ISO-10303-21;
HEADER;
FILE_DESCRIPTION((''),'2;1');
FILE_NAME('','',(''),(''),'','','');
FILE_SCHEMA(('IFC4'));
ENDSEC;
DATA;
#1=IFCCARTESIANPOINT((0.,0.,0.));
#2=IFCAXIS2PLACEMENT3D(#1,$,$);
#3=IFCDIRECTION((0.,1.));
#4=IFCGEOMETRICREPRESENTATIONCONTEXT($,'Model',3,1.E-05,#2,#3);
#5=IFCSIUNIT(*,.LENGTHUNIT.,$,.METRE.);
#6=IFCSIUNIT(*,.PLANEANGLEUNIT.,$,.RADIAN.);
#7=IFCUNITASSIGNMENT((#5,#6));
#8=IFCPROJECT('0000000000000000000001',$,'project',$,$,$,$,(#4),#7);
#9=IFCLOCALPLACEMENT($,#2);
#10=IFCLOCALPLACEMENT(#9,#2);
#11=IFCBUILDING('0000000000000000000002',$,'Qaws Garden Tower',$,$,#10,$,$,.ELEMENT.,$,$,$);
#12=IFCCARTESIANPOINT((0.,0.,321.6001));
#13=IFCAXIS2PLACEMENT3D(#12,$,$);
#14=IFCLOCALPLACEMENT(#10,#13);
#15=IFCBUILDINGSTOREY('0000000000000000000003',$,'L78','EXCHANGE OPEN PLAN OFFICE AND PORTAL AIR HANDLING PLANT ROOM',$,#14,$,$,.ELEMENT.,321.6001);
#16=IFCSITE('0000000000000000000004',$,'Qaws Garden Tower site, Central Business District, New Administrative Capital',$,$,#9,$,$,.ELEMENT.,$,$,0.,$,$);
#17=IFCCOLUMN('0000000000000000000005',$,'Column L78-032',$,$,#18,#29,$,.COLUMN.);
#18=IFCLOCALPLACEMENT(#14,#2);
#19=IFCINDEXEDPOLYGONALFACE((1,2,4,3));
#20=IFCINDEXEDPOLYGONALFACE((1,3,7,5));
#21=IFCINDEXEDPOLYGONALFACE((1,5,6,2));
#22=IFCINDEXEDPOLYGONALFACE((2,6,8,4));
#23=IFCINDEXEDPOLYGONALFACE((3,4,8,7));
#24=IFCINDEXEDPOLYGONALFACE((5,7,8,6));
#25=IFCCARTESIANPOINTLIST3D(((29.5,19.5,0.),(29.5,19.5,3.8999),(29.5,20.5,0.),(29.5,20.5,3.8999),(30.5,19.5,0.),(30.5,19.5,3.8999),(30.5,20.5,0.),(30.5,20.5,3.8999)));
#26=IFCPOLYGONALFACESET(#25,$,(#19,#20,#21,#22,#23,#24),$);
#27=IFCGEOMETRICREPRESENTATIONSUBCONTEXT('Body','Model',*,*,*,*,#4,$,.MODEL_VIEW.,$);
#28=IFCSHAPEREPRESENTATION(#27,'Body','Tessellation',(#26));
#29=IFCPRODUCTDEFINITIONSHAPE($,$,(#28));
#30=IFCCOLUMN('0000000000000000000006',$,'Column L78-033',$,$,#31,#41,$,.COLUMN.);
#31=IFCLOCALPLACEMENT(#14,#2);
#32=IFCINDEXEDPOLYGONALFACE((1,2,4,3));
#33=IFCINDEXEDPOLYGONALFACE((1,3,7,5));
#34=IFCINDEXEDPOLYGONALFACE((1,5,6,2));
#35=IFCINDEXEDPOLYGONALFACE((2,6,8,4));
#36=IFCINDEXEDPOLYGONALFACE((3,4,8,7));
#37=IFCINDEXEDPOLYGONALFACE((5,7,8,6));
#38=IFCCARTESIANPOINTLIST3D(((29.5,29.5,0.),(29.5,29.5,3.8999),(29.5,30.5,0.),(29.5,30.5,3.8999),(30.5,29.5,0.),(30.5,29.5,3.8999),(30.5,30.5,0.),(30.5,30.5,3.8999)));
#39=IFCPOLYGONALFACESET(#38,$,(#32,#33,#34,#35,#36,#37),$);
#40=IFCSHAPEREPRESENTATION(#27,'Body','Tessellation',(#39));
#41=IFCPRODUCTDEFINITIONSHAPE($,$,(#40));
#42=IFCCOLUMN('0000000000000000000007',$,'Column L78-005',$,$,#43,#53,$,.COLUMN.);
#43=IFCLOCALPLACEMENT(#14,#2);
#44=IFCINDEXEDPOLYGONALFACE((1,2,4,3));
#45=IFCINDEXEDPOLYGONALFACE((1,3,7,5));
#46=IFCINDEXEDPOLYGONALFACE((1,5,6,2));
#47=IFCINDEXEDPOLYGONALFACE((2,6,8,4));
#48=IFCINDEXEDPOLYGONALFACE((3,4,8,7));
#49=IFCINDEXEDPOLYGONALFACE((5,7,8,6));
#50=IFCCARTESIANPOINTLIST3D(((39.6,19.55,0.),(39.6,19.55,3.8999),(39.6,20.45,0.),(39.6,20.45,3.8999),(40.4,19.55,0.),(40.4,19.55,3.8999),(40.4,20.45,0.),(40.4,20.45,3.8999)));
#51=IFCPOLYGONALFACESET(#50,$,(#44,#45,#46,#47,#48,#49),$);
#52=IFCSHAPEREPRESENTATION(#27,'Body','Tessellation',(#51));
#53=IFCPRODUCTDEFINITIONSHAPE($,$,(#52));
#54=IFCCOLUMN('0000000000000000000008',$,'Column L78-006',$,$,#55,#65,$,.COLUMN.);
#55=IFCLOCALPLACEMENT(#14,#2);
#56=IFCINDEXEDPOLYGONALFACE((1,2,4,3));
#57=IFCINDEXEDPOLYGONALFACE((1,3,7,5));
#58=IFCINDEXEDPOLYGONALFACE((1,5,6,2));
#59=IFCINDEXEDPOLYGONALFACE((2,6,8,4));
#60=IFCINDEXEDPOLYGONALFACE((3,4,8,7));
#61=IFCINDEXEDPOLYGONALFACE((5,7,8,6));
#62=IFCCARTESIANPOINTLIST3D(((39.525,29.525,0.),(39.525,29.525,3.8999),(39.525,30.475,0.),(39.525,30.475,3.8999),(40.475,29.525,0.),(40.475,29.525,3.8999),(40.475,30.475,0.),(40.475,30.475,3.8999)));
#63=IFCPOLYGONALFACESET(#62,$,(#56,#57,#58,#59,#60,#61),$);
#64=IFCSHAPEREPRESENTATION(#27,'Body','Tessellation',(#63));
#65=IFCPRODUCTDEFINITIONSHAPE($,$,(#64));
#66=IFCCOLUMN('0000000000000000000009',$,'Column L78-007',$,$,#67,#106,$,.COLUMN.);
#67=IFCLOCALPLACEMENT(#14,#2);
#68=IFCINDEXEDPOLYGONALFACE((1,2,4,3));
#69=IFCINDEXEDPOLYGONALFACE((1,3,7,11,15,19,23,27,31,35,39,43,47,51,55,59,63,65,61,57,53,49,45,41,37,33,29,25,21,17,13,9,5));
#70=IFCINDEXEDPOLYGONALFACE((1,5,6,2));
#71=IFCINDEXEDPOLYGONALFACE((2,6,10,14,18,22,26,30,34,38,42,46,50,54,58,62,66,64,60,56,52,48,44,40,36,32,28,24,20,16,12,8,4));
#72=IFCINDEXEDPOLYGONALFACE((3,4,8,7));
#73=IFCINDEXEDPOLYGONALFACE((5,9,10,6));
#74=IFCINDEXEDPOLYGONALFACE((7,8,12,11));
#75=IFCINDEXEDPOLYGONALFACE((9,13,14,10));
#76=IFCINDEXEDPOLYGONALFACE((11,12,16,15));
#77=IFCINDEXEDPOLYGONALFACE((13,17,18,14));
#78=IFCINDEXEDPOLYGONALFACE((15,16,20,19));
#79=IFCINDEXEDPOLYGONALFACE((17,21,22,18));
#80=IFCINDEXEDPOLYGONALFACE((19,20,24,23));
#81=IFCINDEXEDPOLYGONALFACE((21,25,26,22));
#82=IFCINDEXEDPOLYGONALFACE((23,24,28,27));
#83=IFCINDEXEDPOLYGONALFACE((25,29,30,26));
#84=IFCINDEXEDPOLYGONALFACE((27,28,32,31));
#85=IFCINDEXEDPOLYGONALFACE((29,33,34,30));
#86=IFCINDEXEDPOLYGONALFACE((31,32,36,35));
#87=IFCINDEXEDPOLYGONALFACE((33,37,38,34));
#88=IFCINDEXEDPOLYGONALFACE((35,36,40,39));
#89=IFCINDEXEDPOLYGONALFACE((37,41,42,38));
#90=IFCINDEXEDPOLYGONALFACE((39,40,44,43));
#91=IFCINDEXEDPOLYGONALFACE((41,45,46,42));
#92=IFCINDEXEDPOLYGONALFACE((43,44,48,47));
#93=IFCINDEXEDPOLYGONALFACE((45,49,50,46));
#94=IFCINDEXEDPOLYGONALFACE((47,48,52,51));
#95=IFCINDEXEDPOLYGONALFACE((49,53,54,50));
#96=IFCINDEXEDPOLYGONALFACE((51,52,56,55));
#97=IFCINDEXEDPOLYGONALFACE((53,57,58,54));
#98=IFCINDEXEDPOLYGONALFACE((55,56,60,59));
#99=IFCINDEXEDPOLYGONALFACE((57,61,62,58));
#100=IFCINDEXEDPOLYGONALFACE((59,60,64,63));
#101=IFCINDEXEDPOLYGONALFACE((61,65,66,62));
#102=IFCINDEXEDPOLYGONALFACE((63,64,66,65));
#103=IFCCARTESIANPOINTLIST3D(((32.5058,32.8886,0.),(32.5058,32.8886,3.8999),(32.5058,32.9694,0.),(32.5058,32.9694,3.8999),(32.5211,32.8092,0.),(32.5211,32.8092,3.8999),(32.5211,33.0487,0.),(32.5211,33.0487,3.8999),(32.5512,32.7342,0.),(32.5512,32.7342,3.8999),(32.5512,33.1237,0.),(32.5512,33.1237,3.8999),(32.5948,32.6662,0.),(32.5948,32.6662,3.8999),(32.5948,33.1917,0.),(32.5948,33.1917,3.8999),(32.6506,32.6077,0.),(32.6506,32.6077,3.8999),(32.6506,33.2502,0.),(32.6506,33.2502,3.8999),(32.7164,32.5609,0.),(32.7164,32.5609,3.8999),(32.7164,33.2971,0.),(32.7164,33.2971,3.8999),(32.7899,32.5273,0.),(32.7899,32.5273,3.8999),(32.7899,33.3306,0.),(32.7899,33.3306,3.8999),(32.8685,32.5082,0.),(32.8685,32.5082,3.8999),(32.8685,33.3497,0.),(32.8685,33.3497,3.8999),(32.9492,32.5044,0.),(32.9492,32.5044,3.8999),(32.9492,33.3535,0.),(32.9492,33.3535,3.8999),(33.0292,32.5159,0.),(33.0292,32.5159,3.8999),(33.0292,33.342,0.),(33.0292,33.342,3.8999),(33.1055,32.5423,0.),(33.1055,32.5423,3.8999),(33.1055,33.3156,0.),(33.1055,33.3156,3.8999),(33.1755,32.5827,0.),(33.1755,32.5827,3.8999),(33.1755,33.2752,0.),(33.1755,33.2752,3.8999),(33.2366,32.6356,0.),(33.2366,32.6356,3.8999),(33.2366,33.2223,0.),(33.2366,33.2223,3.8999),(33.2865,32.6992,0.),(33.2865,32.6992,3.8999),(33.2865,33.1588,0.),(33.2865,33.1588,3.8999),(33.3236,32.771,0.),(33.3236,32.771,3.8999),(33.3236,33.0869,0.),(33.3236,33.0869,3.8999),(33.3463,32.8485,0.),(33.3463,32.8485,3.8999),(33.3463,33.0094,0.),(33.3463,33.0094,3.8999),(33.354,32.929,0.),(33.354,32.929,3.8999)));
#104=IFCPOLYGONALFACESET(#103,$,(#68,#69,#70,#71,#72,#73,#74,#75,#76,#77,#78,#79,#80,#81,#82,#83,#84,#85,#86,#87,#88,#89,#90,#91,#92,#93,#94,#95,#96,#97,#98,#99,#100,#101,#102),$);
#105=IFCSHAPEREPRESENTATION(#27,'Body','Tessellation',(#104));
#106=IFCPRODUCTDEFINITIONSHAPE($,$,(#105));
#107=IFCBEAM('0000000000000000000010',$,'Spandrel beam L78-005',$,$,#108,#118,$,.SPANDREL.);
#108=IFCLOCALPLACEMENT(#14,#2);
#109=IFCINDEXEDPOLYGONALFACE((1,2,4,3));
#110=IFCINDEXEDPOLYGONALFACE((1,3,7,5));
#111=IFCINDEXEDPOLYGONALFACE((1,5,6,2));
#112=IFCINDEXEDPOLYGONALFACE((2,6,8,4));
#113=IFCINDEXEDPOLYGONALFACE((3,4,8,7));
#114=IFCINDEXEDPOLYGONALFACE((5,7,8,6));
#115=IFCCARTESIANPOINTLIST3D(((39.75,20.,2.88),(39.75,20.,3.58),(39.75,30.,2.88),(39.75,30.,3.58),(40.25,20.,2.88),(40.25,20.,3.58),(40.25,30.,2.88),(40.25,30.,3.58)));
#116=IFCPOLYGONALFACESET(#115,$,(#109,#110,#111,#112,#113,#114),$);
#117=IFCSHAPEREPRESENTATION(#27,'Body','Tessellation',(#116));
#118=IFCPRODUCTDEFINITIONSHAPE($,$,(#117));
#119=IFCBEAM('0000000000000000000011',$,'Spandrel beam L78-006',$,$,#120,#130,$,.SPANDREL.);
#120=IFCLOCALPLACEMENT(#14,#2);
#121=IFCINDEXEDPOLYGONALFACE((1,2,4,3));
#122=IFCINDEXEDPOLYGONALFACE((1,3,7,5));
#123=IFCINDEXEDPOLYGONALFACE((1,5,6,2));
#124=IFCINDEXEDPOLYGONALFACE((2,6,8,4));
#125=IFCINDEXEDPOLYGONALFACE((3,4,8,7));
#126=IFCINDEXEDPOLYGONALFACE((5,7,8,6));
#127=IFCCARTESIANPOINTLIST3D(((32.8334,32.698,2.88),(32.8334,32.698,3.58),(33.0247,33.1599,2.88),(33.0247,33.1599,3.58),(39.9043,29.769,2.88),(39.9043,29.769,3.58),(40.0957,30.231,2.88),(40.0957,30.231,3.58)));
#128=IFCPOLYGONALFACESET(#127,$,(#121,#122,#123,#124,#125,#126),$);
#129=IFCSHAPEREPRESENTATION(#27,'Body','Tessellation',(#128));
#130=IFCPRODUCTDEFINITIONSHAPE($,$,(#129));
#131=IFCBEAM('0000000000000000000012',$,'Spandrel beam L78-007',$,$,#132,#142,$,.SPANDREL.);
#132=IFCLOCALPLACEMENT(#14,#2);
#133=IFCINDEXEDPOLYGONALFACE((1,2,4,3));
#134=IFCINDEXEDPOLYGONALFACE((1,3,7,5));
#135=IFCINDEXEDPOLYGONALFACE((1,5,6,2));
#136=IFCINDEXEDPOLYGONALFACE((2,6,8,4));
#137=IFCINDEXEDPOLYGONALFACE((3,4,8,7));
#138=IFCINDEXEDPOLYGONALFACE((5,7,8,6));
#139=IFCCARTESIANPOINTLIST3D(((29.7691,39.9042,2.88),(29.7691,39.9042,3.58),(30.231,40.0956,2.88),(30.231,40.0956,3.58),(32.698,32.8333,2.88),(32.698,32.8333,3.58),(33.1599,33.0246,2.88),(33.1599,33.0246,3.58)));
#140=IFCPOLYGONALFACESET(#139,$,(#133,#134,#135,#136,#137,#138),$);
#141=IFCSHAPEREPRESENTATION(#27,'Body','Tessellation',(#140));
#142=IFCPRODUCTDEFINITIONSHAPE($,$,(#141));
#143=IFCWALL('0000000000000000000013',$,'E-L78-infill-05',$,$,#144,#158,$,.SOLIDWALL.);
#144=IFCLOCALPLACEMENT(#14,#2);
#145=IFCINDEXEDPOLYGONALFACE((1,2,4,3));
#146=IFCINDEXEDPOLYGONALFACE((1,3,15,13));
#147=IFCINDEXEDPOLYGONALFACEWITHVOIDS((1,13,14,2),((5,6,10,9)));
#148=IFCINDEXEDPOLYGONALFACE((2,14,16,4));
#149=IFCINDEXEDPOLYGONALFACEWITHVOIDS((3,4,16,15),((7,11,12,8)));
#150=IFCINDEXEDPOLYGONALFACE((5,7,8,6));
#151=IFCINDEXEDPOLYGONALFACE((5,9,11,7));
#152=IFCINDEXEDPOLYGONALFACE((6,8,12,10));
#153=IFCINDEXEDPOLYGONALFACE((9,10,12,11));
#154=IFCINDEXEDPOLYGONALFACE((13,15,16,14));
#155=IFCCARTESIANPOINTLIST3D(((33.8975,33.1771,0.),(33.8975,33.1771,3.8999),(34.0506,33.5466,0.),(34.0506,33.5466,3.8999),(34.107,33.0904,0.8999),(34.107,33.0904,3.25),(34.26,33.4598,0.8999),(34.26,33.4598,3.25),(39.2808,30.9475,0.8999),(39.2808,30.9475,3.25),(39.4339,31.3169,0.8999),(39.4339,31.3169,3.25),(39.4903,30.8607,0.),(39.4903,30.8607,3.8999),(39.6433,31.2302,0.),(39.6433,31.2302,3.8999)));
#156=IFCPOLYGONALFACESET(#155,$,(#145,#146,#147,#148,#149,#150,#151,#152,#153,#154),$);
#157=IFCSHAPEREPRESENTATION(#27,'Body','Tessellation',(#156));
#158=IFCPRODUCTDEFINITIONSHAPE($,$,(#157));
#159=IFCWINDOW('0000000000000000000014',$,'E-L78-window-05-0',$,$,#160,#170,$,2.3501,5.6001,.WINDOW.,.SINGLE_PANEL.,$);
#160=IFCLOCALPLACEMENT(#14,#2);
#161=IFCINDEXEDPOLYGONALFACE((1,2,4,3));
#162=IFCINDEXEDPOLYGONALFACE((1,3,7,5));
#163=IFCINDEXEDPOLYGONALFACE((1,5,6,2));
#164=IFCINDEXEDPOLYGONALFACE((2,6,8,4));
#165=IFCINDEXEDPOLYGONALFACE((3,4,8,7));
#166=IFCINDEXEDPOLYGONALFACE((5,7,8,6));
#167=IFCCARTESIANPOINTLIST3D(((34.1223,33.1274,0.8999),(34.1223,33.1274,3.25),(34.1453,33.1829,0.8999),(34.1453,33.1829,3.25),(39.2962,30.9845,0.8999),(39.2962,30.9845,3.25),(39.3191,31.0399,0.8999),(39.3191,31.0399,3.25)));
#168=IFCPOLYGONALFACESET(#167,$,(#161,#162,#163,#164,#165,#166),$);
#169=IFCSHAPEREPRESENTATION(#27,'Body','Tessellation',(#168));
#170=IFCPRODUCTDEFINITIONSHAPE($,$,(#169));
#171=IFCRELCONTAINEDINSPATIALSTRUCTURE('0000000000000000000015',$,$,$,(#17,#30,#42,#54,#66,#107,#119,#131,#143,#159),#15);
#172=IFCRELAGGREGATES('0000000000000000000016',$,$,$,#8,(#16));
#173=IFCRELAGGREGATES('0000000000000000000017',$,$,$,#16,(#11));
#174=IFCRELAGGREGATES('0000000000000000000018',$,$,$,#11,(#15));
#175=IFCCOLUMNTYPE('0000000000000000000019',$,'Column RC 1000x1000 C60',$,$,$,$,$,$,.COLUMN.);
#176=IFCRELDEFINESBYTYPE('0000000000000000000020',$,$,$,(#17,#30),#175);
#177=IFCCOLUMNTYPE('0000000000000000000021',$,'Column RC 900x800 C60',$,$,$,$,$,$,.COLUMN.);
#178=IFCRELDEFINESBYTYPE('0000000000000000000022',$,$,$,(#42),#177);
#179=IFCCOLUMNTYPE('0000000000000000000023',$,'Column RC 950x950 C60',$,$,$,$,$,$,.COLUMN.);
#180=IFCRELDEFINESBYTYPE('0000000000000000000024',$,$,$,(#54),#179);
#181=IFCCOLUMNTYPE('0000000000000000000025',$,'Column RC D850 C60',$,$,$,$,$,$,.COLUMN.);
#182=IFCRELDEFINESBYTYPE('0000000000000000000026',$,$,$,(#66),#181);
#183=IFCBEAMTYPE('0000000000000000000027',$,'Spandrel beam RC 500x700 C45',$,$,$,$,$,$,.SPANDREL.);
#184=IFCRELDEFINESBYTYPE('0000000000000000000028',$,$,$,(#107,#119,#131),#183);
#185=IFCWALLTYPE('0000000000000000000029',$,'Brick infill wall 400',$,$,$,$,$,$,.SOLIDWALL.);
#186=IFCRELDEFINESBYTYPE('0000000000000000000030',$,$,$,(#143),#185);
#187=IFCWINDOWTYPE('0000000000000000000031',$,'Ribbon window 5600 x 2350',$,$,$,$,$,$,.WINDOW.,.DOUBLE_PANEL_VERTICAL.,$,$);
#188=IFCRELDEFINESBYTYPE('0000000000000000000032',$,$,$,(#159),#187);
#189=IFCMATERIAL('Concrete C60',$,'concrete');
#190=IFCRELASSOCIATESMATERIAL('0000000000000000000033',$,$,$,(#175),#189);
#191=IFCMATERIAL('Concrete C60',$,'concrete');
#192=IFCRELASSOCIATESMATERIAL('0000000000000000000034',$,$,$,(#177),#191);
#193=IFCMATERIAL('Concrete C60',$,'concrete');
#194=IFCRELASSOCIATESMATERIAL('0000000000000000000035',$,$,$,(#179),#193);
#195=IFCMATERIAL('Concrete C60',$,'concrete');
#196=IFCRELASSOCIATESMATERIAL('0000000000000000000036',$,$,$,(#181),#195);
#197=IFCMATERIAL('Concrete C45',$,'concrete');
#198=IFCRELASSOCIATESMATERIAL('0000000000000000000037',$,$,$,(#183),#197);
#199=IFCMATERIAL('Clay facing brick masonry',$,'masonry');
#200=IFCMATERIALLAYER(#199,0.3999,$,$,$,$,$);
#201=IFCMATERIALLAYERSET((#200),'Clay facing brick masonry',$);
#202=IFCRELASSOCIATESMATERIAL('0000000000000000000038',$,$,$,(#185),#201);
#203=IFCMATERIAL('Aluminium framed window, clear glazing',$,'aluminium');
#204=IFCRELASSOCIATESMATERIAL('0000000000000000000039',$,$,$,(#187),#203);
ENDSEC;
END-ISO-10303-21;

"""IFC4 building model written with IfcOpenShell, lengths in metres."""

from ifc_helpers import new_model, si_unit, direction, frame, frame_2d, origin, origin_2d, place, context, subcontext, project, spatial, rectangle, circle, extrude, material, layer, layer_set, material_profile, profile_set, type_object, element, fill, save


model = new_model("IFC4")

# Units and contexts
model_context = context("Model", 3, precision=1e-05, world=origin(), true_north=direction((0.0, 1.0)))
body_context = subcontext(model_context, "Body", "Model", "MODEL_VIEW")
ifc_project = project(units=[si_unit("LENGTHUNIT", "METRE"), si_unit("PLANEANGLEUNIT", "RADIAN")], contexts=[model_context])

# Site, building, storey
site_placement = place(None, origin())
site = spatial("IfcSite", under=ifc_project, at=site_placement, Name="Qaws Garden Tower site, Central Business District, New Administrative Capital", CompositionType="ELEMENT", RefElevation=0.0)
building_placement = place(site_placement, origin())
building = spatial("IfcBuilding", under=site, at=building_placement, Name="Qaws Garden Tower", CompositionType="ELEMENT")
storey_placement = place(building_placement, frame((0.0, 0.0, 321.6001)))
storey = spatial("IfcBuildingStorey", under=building, at=storey_placement, Name="L78", Description="EXCHANGE OPEN PLAN OFFICE AND PORTAL AIR HANDLING PLANT ROOM", CompositionType="ELEMENT", Elevation=321.6001)

# Columns
ifc_material_1 = material(Name="Concrete C60", Category="concrete")
ifc_material_profile_1 = material_profile(ifc_material_1, rectangle(XDim=1.0, YDim=1.0, at=origin_2d()), Name="RC 1000x1000")
ifc_profile_set_1 = profile_set([ifc_material_profile_1], Name="Concrete C60")
column_type_1 = type_object("IfcColumnType", Name="Column RC 1000x1000 C60", PredefinedType="COLUMN", material=ifc_profile_set_1)
for number, where, z_axis, x_axis, name in (
    (1, (30.0, 20.0, 0.0), (0.0, 0.0, 1.0), (1.0, 0.0, 0.0), "Column L78-032"),
    (2, (30.0, 30.0, 0.0), (0.0, 0.0, 1.0), (1.0, 0.0, 0.0), "Column L78-033"),
):
    element("IfcColumn", number, at=place(storey_placement, frame(where, z_axis=z_axis, x_axis=x_axis)), inside=storey, type_object=column_type_1, Name=name, PredefinedType="COLUMN", context=body_context, shape_type="SweptSolid", body=[
        extrude(rectangle(XDim=1.0, YDim=1.0, at=origin_2d()), origin(), (0.0, 0.0, 1.0), 3.8999),
    ])
ifc_material_2 = material(Name="Concrete C60", Category="concrete")
ifc_material_profile_2 = material_profile(ifc_material_2, rectangle(XDim=0.8999, YDim=0.8, at=origin_2d()), Name="RC 900x800")
ifc_profile_set_2 = profile_set([ifc_material_profile_2], Name="Concrete C60")
column_type_2 = type_object("IfcColumnType", Name="Column RC 900x800 C60", PredefinedType="COLUMN", material=ifc_profile_set_2)
column_1_placement = place(storey_placement, frame((40.0, 20.0, 0.0), z_axis=(0.0, 0.0, 1.0), x_axis=(0.0, 1.0, 0.0)))
element("IfcColumn", 3, at=column_1_placement, inside=storey, type_object=column_type_2, Name="Column L78-005", PredefinedType="COLUMN", context=body_context, shape_type="SweptSolid", body=[
    extrude(rectangle(XDim=0.8999, YDim=0.8, at=origin_2d()), origin(), (0.0, 0.0, 1.0), 3.8999),
])
ifc_material_3 = material(Name="Concrete C60", Category="concrete")
ifc_material_profile_3 = material_profile(ifc_material_3, rectangle(XDim=0.95, YDim=0.95, at=origin_2d()), Name="RC 950x950")
ifc_profile_set_3 = profile_set([ifc_material_profile_3], Name="Concrete C60")
column_type_3 = type_object("IfcColumnType", Name="Column RC 950x950 C60", PredefinedType="COLUMN", material=ifc_profile_set_3)
column_2_placement = place(storey_placement, frame((40.0, 30.0, 0.0), z_axis=(0.0, 0.0, 1.0), x_axis=(1.0, 0.0, 0.0)))
element("IfcColumn", 4, at=column_2_placement, inside=storey, type_object=column_type_3, Name="Column L78-006", PredefinedType="COLUMN", context=body_context, shape_type="SweptSolid", body=[
    extrude(rectangle(XDim=0.95, YDim=0.95, at=origin_2d()), origin(), (0.0, 0.0, 1.0), 3.8999),
])
ifc_material_4 = material(Name="Concrete C60", Category="concrete")
ifc_material_profile_4 = material_profile(ifc_material_4, circle(Radius=0.425, at=origin_2d()), Name="RC D850")
ifc_profile_set_4 = profile_set([ifc_material_profile_4], Name="Concrete C60")
column_type_4 = type_object("IfcColumnType", Name="Column RC D850 C60", PredefinedType="COLUMN", material=ifc_profile_set_4)
column_3_placement = place(storey_placement, frame((32.929, 32.929, 0.0), z_axis=(0.0, 0.0, 1.0), x_axis=(1.0, 0.0, 0.0)))
element("IfcColumn", 5, at=column_3_placement, inside=storey, type_object=column_type_4, Name="Column L78-007", PredefinedType="COLUMN", context=body_context, shape_type="SweptSolid", body=[
    extrude(circle(Radius=0.425, at=origin_2d()), origin(), (0.0, 0.0, 1.0), 3.8999),
])

# Beams
ifc_material_5 = material(Name="Concrete C45", Category="concrete")
ifc_material_profile_5 = material_profile(ifc_material_5, rectangle(XDim=0.5, YDim=0.7, at=origin_2d()), Name="RC 500x700")
ifc_profile_set_5 = profile_set([ifc_material_profile_5], Name="Concrete C45")
beam_type = type_object("IfcBeamType", Name="Spandrel beam RC 500x700 C45", PredefinedType="SPANDREL", material=ifc_profile_set_5)
beam_placement = place(storey_placement, frame((40.0, 20.0, 3.23), z_axis=(0.0, 1.0, 0.0), x_axis=(-1.0, 0.0, 0.0)))
element("IfcBeam", 6, at=beam_placement, inside=storey, type_object=beam_type, Name="Spandrel beam L78-005", PredefinedType="SPANDREL", context=body_context, shape_type="SweptSolid", body=[
    extrude(rectangle(XDim=0.5, YDim=0.7, at=origin_2d()), origin(), (0.0, 0.0, 1.0), 10.0),
])
for number, where, z_axis, x_axis, name in (
    (7, (40.0, 30.0, 3.23), (-0.923878, 0.382687, 0.0), (-0.382687, -0.923878, 0.0), "Spandrel beam L78-006"),
    (8, (32.929, 32.929, 3.23), (-0.382687, 0.923878, 0.0), (-0.923878, -0.382687, 0.0), "Spandrel beam L78-007"),
):
    element("IfcBeam", number, at=place(storey_placement, frame(where, z_axis=z_axis, x_axis=x_axis)), inside=storey, type_object=beam_type, Name=name, PredefinedType="SPANDREL", context=body_context, shape_type="SweptSolid", body=[
        extrude(rectangle(XDim=0.5, YDim=0.7, at=origin_2d()), origin(), (0.0, 0.0, 1.0), 7.6536),
    ])

# Wall, opening, window
ifc_material_6 = material(Name="Clay facing brick masonry", Category="masonry")
ifc_layer_1 = layer(ifc_material_6, 0.3999)
ifc_layer_set_1 = layer_set([ifc_layer_1], Name="Clay facing brick masonry")
wall_type_1 = type_object("IfcWallType", Name="Brick infill wall 400", PredefinedType="SOLIDWALL", material=ifc_layer_set_1)
wall_1_placement = place(storey_placement, frame((39.5669, 31.0454, 0.0), z_axis=(0.0, 0.0, 1.0), x_axis=(-0.923891, 0.382656, 0.0)))
wall_1 = element("IfcWall", 9, at=wall_1_placement, inside=storey, type_object=wall_type_1, Name="E-L78-infill-05", PredefinedType="SOLIDWALL", context=body_context, shape_type="SweptSolid", body=[
    extrude(rectangle(XDim=6.0535, YDim=0.3999, at=frame_2d((3.0269, 0.0))), origin(), (0.0, 0.0, 1.0), 3.8999),
])
opening_1_placement = place(wall_1_placement, frame((0.2268, 0.0, 0.8999)))
opening_1 = element("IfcOpeningElement", 10, at=opening_1_placement, cuts=wall_1, PredefinedType="OPENING", context=body_context, shape_type="SweptSolid", body=[
    extrude(rectangle(XDim=5.6001, YDim=2.3501, at=frame_2d((2.8, 1.175))), frame((0.0, 0.21, 0.0), z_axis=(0.0, -1.0, 0.0), x_axis=(1.0, 0.0, 0.0)), (0.0, 0.0, 1.0), 0.4199),
])
ifc_material_7 = material(Name="Aluminium framed window, clear glazing", Category="aluminium")
window_type = type_object("IfcWindowType", Name="Ribbon window 5600 x 2350", PartitioningType="DOUBLE_PANEL_VERTICAL", PredefinedType="WINDOW", material=ifc_material_7)
window_1_placement = place(opening_1_placement, origin())
window_1 = element("IfcWindow", 11, at=window_1_placement, inside=storey, type_object=window_type, Name="E-L78-window-05-0", OverallHeight=2.3501, OverallWidth=5.6001, PartitioningType="SINGLE_PANEL", PredefinedType="WINDOW", context=body_context, shape_type="SweptSolid", body=[
    extrude(rectangle(XDim=5.6001, YDim=2.3501, at=frame_2d((2.8, 1.175))), frame((0.0, 0.1599, 0.0), z_axis=(0.0, -1.0, 0.0), x_axis=(1.0, 0.0, 0.0)), (0.0, 0.0, 1.0), 0.0601),
])
fill(opening_1, window_1)

save(model, "model.ifc")
